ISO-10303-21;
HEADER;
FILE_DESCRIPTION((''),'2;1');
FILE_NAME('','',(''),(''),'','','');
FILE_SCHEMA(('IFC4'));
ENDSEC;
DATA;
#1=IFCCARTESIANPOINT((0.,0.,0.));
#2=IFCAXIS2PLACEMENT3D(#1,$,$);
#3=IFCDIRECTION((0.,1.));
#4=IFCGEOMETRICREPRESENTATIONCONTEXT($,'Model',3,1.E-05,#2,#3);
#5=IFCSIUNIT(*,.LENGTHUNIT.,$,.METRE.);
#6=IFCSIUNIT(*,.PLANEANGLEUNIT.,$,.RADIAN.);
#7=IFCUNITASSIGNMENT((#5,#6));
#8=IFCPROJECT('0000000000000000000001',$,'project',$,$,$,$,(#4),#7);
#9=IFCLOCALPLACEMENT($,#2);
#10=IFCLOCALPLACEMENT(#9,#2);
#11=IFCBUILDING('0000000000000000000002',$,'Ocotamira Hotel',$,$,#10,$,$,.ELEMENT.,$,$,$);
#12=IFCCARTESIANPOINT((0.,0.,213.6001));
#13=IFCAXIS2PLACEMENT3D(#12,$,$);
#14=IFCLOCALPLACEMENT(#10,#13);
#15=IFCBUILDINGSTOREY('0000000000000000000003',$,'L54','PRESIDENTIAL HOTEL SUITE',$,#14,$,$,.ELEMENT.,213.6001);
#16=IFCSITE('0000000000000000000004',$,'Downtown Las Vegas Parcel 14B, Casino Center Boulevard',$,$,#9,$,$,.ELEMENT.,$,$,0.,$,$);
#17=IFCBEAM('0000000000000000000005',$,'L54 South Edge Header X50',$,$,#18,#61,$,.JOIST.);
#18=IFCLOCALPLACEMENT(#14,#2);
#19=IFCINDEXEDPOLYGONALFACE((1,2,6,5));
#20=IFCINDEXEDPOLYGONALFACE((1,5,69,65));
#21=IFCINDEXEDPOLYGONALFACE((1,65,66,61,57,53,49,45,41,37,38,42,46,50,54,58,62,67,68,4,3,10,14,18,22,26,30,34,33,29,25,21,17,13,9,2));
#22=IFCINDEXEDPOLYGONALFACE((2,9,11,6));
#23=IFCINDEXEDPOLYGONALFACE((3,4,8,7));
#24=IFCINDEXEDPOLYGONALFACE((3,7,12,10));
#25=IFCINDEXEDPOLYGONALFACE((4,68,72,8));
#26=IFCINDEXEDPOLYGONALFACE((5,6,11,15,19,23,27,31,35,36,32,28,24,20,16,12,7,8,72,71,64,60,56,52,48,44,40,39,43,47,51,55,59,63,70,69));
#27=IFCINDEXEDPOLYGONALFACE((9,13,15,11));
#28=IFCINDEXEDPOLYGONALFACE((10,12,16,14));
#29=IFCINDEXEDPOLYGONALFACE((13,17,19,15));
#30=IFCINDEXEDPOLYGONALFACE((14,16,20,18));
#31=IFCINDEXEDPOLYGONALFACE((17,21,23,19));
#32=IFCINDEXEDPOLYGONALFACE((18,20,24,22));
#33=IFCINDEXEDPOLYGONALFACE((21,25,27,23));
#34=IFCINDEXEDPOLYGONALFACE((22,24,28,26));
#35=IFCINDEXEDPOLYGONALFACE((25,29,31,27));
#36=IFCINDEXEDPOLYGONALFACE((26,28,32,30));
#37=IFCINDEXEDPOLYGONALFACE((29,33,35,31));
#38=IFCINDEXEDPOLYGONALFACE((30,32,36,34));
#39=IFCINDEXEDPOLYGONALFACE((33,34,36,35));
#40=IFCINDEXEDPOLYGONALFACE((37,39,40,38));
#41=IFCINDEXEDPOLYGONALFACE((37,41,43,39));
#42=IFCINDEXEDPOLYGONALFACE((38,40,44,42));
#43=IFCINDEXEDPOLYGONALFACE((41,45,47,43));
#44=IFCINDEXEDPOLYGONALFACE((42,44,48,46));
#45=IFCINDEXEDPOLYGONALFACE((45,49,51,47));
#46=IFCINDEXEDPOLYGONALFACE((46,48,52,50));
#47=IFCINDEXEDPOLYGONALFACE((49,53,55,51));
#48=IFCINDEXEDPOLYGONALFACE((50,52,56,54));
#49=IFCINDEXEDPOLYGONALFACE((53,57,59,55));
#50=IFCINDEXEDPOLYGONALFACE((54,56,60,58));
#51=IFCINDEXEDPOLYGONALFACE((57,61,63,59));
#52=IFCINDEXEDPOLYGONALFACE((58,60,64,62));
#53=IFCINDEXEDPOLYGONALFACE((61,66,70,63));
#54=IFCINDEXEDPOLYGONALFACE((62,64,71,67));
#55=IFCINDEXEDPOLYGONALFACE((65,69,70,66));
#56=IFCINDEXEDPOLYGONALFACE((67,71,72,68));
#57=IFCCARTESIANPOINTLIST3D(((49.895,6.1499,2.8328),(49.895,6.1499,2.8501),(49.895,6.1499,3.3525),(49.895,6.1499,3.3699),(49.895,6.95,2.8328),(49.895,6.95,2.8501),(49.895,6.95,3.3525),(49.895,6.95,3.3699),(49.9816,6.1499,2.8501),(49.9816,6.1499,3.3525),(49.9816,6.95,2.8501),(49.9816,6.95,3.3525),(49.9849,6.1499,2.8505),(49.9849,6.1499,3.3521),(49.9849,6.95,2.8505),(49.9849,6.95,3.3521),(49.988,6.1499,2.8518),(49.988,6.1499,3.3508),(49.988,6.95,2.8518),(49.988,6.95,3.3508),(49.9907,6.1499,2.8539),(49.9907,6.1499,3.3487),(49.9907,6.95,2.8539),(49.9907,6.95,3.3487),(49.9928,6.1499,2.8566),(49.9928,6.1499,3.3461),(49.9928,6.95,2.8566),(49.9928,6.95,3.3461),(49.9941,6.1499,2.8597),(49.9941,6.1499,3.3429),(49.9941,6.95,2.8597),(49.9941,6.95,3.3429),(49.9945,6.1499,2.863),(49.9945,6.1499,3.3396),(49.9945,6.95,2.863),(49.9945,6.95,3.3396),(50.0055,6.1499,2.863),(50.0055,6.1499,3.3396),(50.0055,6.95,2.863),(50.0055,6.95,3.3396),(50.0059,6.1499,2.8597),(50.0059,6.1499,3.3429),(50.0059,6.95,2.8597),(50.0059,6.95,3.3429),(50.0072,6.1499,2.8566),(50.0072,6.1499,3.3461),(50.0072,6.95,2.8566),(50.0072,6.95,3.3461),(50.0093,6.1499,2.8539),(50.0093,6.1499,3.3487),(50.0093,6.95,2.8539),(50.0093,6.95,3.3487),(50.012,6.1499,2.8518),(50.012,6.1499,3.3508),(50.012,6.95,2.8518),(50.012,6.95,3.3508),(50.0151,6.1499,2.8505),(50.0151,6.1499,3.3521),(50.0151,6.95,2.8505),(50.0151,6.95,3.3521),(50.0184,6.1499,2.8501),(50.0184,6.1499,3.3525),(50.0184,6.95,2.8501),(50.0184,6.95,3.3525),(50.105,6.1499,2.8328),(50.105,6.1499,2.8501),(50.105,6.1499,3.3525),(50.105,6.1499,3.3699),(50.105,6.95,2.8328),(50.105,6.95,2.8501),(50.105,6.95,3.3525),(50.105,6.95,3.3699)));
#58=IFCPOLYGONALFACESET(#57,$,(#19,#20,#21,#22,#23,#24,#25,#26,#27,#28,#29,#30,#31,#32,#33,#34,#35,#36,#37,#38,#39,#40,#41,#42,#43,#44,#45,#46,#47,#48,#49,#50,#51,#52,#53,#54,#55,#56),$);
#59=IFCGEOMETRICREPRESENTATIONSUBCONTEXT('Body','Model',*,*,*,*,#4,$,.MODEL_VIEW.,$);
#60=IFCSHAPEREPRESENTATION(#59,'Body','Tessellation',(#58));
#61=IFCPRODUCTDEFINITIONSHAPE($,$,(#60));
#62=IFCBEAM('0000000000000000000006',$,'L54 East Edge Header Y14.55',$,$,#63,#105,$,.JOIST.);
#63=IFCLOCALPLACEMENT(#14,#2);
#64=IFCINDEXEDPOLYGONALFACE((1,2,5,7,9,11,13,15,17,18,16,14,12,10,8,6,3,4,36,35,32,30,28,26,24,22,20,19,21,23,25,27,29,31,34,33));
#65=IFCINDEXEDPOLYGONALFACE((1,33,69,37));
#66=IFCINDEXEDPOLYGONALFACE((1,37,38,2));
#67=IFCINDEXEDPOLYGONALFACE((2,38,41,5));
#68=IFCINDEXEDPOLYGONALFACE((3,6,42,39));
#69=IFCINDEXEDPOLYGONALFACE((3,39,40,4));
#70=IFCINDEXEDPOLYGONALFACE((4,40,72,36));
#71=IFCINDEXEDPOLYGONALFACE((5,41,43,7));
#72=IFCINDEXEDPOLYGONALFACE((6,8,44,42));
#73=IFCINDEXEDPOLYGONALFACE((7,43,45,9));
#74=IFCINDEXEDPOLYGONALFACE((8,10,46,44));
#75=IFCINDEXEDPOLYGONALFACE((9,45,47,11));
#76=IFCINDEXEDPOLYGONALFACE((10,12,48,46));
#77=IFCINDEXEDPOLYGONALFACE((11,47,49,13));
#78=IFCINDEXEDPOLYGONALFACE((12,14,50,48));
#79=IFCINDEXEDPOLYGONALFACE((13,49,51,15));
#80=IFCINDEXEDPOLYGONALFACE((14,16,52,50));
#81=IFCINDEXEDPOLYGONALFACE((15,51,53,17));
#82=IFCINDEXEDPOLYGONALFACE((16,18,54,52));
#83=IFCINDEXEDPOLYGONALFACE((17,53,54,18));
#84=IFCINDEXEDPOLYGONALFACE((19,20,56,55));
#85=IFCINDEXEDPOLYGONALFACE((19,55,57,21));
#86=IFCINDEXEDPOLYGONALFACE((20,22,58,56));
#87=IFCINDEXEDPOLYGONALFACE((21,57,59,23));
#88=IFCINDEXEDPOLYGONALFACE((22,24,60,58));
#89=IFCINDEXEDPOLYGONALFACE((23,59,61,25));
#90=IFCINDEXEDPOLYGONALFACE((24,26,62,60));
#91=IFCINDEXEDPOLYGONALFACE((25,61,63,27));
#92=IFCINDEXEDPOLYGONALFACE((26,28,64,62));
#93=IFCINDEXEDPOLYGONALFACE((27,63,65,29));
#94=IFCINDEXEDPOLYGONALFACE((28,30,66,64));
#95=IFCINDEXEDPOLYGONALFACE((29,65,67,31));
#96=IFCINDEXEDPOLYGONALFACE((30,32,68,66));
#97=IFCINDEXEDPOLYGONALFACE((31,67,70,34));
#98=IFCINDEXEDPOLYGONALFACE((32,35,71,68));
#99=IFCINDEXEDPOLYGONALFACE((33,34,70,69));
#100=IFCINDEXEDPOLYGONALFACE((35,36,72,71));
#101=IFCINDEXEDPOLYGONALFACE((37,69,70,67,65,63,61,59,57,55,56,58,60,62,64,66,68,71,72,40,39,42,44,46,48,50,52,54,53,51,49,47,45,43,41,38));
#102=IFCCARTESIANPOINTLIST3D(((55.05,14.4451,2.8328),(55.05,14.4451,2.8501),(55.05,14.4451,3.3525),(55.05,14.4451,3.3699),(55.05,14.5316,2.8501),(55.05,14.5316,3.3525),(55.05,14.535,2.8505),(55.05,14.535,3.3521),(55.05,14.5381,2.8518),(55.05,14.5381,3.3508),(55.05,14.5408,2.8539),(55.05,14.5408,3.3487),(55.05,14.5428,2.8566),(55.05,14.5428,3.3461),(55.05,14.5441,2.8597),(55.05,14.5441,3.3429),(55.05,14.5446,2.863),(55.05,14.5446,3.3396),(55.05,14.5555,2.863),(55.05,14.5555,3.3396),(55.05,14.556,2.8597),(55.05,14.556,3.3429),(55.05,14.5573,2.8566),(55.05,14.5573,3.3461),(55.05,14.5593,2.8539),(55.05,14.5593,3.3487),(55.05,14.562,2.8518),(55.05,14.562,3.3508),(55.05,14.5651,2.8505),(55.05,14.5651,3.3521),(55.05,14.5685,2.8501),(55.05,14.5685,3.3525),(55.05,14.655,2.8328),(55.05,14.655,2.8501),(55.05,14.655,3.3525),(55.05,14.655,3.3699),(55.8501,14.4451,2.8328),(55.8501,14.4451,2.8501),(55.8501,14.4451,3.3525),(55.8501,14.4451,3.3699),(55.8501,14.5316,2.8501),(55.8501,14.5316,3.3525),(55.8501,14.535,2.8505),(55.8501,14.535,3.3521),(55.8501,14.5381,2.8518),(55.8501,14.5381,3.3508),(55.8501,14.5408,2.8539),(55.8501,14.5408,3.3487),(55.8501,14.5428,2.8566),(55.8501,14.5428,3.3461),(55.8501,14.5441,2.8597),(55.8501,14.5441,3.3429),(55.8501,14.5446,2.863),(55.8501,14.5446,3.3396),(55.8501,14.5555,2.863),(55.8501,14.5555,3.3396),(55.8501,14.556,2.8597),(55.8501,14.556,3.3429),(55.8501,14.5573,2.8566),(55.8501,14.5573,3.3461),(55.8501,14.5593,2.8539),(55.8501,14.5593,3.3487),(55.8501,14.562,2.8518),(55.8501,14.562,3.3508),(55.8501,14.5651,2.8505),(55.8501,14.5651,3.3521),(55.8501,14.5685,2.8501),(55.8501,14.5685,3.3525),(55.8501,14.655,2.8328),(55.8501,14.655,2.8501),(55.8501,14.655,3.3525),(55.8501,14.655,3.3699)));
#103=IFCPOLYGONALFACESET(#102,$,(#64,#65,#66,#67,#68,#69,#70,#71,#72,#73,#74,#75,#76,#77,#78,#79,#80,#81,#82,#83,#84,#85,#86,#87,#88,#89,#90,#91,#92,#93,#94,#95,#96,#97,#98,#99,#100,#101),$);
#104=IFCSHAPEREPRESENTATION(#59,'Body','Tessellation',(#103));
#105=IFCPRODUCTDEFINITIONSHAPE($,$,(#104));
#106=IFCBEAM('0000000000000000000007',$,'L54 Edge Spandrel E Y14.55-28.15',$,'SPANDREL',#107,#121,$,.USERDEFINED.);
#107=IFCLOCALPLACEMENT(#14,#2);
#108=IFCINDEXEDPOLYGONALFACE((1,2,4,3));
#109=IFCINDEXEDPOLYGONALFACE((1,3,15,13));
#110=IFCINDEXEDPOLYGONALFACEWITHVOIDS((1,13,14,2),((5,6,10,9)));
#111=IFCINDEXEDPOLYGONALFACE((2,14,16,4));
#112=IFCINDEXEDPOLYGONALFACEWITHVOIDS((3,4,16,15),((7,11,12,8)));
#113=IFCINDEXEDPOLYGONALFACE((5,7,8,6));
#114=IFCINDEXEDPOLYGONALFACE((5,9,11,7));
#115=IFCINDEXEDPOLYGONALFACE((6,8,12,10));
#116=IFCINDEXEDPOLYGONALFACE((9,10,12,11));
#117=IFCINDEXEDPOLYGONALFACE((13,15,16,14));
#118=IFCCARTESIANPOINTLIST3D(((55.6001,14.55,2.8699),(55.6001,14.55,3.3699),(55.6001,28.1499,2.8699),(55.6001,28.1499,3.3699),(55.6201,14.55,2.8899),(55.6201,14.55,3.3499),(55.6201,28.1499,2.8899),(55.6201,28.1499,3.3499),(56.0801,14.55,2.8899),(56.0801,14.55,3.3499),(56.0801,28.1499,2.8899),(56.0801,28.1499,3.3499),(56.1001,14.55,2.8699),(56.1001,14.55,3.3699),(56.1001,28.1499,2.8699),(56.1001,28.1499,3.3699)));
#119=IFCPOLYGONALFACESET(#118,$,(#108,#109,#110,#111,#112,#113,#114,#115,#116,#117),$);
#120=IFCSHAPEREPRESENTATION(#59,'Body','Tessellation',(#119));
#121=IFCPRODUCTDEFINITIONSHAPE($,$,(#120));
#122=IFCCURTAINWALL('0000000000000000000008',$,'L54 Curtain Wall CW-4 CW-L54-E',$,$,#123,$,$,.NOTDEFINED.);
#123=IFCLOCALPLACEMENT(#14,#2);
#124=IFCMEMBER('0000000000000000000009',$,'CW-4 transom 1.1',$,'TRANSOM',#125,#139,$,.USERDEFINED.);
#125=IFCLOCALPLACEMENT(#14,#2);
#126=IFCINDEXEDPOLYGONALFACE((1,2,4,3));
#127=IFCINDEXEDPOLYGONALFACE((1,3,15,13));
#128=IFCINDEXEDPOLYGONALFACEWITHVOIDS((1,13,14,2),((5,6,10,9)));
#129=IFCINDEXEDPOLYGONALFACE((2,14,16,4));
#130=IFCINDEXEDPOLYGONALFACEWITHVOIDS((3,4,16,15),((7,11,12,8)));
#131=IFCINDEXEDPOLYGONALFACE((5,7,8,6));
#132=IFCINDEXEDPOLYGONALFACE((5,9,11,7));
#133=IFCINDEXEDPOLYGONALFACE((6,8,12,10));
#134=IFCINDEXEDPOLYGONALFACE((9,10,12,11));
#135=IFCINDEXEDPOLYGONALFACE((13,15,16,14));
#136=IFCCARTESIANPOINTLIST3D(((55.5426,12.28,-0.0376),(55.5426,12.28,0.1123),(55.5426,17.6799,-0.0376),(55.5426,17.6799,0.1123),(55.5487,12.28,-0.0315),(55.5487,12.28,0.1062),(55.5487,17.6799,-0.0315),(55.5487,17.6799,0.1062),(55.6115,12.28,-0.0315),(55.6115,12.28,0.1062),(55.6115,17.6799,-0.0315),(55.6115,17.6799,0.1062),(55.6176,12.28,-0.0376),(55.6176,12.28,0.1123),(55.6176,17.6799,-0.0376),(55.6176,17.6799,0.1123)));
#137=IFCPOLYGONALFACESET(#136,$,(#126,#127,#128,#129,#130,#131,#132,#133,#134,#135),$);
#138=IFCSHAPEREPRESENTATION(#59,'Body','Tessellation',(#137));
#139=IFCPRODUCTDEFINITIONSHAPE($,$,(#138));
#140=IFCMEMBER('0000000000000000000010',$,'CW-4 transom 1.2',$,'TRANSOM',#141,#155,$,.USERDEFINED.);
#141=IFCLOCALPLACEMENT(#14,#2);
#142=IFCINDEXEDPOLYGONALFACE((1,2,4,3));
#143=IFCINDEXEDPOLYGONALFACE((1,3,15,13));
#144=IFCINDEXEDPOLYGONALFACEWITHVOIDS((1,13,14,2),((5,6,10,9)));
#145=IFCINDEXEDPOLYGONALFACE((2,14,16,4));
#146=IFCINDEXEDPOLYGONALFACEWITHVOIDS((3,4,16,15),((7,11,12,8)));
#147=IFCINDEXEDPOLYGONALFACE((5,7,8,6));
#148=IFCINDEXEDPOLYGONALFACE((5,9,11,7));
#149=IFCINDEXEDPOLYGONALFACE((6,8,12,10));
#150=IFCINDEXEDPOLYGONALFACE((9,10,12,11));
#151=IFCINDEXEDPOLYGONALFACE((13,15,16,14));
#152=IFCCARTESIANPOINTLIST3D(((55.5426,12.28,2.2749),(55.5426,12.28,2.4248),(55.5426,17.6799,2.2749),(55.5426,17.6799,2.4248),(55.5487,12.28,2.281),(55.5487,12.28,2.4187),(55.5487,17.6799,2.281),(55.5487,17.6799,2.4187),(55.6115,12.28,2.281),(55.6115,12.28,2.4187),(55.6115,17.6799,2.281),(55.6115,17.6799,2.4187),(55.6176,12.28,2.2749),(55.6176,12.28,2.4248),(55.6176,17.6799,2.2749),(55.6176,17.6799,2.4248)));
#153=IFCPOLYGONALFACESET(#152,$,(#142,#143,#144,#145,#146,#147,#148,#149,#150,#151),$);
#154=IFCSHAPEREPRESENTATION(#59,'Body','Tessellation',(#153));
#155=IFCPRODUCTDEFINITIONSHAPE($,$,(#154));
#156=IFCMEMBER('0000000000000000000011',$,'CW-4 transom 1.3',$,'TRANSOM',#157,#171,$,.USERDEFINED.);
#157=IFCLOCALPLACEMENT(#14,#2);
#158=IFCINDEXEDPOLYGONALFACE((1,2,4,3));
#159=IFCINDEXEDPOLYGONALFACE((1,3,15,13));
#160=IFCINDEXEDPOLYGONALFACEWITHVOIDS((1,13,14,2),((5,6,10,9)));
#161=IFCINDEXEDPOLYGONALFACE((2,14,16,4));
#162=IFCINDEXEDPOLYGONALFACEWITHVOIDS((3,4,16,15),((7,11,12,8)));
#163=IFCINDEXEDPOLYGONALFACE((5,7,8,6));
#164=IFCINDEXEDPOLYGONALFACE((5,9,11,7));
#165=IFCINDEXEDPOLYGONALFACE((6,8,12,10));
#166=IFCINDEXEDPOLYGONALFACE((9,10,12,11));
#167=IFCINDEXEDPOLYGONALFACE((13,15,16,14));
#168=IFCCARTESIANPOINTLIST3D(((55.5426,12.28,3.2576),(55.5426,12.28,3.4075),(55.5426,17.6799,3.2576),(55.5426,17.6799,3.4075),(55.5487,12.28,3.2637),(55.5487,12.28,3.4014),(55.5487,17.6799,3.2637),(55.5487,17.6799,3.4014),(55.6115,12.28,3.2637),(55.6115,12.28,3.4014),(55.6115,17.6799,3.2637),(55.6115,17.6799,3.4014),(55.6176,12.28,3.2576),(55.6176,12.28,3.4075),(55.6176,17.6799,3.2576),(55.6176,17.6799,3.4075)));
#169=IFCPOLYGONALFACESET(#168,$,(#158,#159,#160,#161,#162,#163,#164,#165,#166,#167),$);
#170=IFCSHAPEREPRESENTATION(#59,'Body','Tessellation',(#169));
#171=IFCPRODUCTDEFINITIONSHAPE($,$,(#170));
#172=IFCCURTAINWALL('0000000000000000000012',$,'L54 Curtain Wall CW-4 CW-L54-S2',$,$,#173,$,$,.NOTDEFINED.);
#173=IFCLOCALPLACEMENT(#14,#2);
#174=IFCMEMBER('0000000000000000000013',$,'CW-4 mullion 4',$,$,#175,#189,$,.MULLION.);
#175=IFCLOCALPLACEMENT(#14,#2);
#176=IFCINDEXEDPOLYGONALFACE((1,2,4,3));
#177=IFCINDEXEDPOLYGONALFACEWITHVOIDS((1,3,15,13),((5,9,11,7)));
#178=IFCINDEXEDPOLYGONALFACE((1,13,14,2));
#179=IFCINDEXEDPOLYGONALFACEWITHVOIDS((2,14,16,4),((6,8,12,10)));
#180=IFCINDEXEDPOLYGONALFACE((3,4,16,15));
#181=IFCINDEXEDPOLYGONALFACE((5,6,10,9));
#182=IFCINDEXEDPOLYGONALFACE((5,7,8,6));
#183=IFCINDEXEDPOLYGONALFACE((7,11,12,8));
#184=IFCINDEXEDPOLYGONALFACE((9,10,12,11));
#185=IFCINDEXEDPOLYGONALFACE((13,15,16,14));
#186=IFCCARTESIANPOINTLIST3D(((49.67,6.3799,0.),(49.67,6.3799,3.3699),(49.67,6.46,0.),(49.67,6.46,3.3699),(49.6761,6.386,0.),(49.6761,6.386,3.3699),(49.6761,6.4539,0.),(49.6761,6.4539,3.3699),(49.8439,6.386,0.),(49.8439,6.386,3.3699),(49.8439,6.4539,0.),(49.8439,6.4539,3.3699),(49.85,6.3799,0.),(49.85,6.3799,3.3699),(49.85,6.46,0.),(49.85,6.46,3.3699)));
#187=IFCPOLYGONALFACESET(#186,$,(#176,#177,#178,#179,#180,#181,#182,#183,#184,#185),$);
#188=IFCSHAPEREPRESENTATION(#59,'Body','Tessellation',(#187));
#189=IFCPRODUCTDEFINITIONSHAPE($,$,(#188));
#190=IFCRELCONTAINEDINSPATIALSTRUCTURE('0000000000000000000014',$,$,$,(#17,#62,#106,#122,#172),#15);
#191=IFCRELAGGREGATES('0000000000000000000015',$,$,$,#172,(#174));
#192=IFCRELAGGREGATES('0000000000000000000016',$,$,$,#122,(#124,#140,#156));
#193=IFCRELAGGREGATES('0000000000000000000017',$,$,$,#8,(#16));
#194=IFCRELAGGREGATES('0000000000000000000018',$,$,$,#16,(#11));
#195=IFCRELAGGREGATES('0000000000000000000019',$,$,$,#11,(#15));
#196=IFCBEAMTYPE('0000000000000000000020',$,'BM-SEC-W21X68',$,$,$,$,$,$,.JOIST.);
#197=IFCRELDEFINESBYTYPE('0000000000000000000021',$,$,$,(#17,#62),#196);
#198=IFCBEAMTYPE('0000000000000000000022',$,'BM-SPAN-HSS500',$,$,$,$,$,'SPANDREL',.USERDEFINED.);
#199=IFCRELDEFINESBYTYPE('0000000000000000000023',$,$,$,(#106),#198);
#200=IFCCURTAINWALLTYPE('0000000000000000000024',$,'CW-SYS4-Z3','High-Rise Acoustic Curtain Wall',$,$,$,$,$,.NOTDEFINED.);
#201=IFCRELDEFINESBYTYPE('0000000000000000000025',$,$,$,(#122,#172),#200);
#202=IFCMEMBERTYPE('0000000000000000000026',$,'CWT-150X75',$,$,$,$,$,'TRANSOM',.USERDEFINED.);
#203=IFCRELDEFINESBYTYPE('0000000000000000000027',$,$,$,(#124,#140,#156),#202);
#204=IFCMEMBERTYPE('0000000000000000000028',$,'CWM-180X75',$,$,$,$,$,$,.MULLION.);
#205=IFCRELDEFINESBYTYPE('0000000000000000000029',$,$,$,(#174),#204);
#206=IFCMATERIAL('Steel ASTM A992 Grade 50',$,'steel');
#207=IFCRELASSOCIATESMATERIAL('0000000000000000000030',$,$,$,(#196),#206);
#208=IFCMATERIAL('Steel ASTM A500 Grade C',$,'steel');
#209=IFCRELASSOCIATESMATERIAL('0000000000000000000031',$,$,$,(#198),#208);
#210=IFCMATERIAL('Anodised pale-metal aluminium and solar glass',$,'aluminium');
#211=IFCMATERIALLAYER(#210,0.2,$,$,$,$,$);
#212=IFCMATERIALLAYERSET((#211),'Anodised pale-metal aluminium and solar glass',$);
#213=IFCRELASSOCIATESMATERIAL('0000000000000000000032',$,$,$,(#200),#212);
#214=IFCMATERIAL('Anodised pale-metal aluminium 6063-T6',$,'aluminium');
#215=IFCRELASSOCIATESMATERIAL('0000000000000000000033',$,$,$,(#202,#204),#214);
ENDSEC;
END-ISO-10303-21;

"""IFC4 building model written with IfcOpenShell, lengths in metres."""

from ifc_helpers import new_model, si_unit, direction, frame, origin, origin_2d, place, context, subcontext, project, spatial, hollow_rectangle, i_section, extrude, source, transform, mapped, material, layer, layer_set, material_profile, profile_set, type_object, element, aggregate, save


model = new_model("IFC4")

# Units and contexts
model_context = context("Model", 3, precision=1e-05, world=origin(), true_north=direction((0.0, 1.0)))
body_context = subcontext(model_context, "Body", "Model", "MODEL_VIEW")
ifc_project = project(units=[si_unit("LENGTHUNIT", "METRE"), si_unit("PLANEANGLEUNIT", "RADIAN")], contexts=[model_context])

# Site, building, storey
site_placement = place(None, origin())
site = spatial("IfcSite", under=ifc_project, at=site_placement, Name="Downtown Las Vegas Parcel 14B, Casino Center Boulevard", CompositionType="ELEMENT", RefElevation=0.0)
building_placement = place(site_placement, origin())
building = spatial("IfcBuilding", under=site, at=building_placement, Name="Ocotamira Hotel", CompositionType="ELEMENT")
storey_placement = place(building_placement, frame((0.0, 0.0, 213.6001)))
storey = spatial("IfcBuildingStorey", under=building, at=storey_placement, Name="L54", Description="PRESIDENTIAL HOTEL SUITE", CompositionType="ELEMENT", Elevation=213.6001)

# Beams
ifc_material_1 = material(Name="Steel ASTM A992 Grade 50", Category="steel")
ifc_material_profile_1 = material_profile(ifc_material_1, i_section(OverallWidth=0.21, OverallDepth=0.5371, WebThickness=0.011, FlangeThickness=0.0173, FilletRadius=0.0129, at=origin_2d()), Name="W21X68")
ifc_profile_set_1 = profile_set([ifc_material_profile_1], Name="Steel ASTM A992 Grade 50")
beam_type_1 = type_object("IfcBeamType", Name="BM-SEC-W21X68", PredefinedType="JOIST", material=ifc_profile_set_1)
shared_shape_1 = source(origin(), body_context, "Body", "SweptSolid", [
    extrude(i_section(OverallWidth=0.21, OverallDepth=0.5371, WebThickness=0.011, FlangeThickness=0.0173, FilletRadius=0.0129, at=origin_2d()), origin(), (0.0, 0.0, 1.0), 0.8),
])
for number, where, z_axis, x_axis, name in (
    (1, (50.0, 6.95, 3.1013), (0.0, -1.0, 0.0), (1.0, 0.0, 0.0), "L54 South Edge Header X50"),
    (2, (55.05, 14.55, 3.1013), (1.0, 0.0, 0.0), (0.0, 1.0, 0.0), "L54 East Edge Header Y14.55"),
):
    element("IfcBeam", number, at=place(storey_placement, frame(where, z_axis=z_axis, x_axis=x_axis)), inside=storey, type_object=beam_type_1, Name=name, PredefinedType="JOIST", context=body_context, shape_type="MappedRepresentation", body=[
        mapped(shared_shape_1, transform((0.0, 0.0, 0.0), scale=1.0)),
    ])
ifc_material_2 = material(Name="Steel ASTM A500 Grade C", Category="steel")
ifc_material_profile_2 = material_profile(ifc_material_2, hollow_rectangle(XDim=0.5, YDim=0.5, WallThickness=0.02, at=origin_2d()), Name="HSS500X500X20")
ifc_profile_set_2 = profile_set([ifc_material_profile_2], Name="Steel ASTM A500 Grade C")
beam_type_2 = type_object("IfcBeamType", Name="BM-SPAN-HSS500", ElementType="SPANDREL", PredefinedType="USERDEFINED", material=ifc_profile_set_2)
shared_shape_2 = source(origin(), body_context, "Body", "SweptSolid", [
    extrude(hollow_rectangle(XDim=0.5, YDim=0.5, WallThickness=0.02, at=origin_2d()), origin(), (0.0, 0.0, 1.0), 13.5999),
])
beam_1_placement = place(storey_placement, frame((55.8501, 14.55, 3.1199), z_axis=(0.0, 1.0, 0.0), x_axis=(-1.0, 0.0, 0.0)))
element("IfcBeam", 3, at=beam_1_placement, inside=storey, type_object=beam_type_2, Name="L54 Edge Spandrel E Y14.55-28.15", ObjectType="SPANDREL", PredefinedType="USERDEFINED", context=body_context, shape_type="MappedRepresentation", body=[
    mapped(shared_shape_2, transform((0.0, 0.0, 0.0), scale=1.0)),
])

# Curtain wall, members
ifc_material_3 = material(Name="Anodised pale-metal aluminium and solar glass", Category="aluminium")
ifc_layer_1 = layer(ifc_material_3, 0.2)
ifc_layer_set_1 = layer_set([ifc_layer_1], Name="Anodised pale-metal aluminium and solar glass")
curtain_wall_type = type_object("IfcCurtainWallType", Name="CW-SYS4-Z3", Description="High-Rise Acoustic Curtain Wall", PredefinedType="NOTDEFINED", material=ifc_layer_set_1)
curtain_wall_1_placement = place(storey_placement, origin())
curtain_wall_1 = element("IfcCurtainWall", 4, at=curtain_wall_1_placement, inside=storey, type_object=curtain_wall_type, Name="L54 Curtain Wall CW-4 CW-L54-E", PredefinedType="NOTDEFINED")
ifc_material_4 = material(Name="Anodised pale-metal aluminium 6063-T6", Category="aluminium")
ifc_material_profile_3 = material_profile(ifc_material_4, hollow_rectangle(XDim=0.075, YDim=0.1499, WallThickness=0.0061, at=origin_2d()), Name="HSS150X75X6")
ifc_profile_set_3 = profile_set([ifc_material_profile_3], Name="Anodised pale-metal aluminium 6063-T6")
member_type_1 = type_object("IfcMemberType", Name="CWT-150X75", ElementType="TRANSOM", PredefinedType="USERDEFINED", material=ifc_profile_set_3)
shared_shape_3 = source(origin(), body_context, "Body", "SweptSolid", [
    extrude(hollow_rectangle(XDim=0.075, YDim=0.1499, WallThickness=0.0061, at=origin_2d()), origin(), (0.0, 0.0, 1.0), 5.3999),
])
member_1_placement = place(storey_placement, frame((55.5801, 12.28, 0.0374), z_axis=(0.0, 1.0, 0.0), x_axis=(-1.0, 0.0, 0.0)))
member_1 = element("IfcMember", 5, at=member_1_placement, type_object=member_type_1, Name="CW-4 transom 1.1", ObjectType="TRANSOM", PredefinedType="USERDEFINED", context=body_context, shape_type="MappedRepresentation", body=[
    mapped(shared_shape_3, transform((0.0, 0.0, 0.0), scale=1.0)),
])
member_2_placement = place(storey_placement, frame((55.5801, 12.28, 2.3499), z_axis=(0.0, 1.0, 0.0), x_axis=(-1.0, 0.0, 0.0)))
member_2 = element("IfcMember", 6, at=member_2_placement, type_object=member_type_1, Name="CW-4 transom 1.2", ObjectType="TRANSOM", PredefinedType="USERDEFINED", context=body_context, shape_type="MappedRepresentation", body=[
    mapped(shared_shape_3, transform((0.0, 0.0, 0.0), scale=1.0)),
])
member_3_placement = place(storey_placement, frame((55.5801, 12.28, 3.3325), z_axis=(0.0, 1.0, 0.0), x_axis=(-1.0, 0.0, 0.0)))
member_3 = element("IfcMember", 7, at=member_3_placement, type_object=member_type_1, Name="CW-4 transom 1.3", ObjectType="TRANSOM", PredefinedType="USERDEFINED", context=body_context, shape_type="MappedRepresentation", body=[
    mapped(shared_shape_3, transform((0.0, 0.0, 0.0), scale=1.0)),
])

# Curtain wall, member
curtain_wall_2_placement = place(storey_placement, origin())
curtain_wall_2 = element("IfcCurtainWall", 8, at=curtain_wall_2_placement, inside=storey, type_object=curtain_wall_type, Name="L54 Curtain Wall CW-4 CW-L54-S2", PredefinedType="NOTDEFINED")
ifc_material_profile_4 = material_profile(ifc_material_4, hollow_rectangle(XDim=0.0801, YDim=0.1799, WallThickness=0.0061, at=origin_2d()), Name="HSS180X80X6")
ifc_profile_set_4 = profile_set([ifc_material_profile_4], Name="Anodised pale-metal aluminium 6063-T6")
member_type_2 = type_object("IfcMemberType", Name="CWM-180X75", PredefinedType="MULLION", material=ifc_profile_set_4)
shared_shape_4 = source(origin(), body_context, "Body", "SweptSolid", [
    extrude(hollow_rectangle(XDim=0.0801, YDim=0.1799, WallThickness=0.0061, at=origin_2d()), origin(), (0.0, 0.0, 1.0), 3.3699),
])
member_4_placement = place(storey_placement, frame((49.76, 6.4199, 0.0), z_axis=(0.0, 0.0, 1.0), x_axis=(0.0, 1.0, 0.0)))
member_4 = element("IfcMember", 9, at=member_4_placement, type_object=member_type_2, Name="CW-4 mullion 4", PredefinedType="MULLION", context=body_context, shape_type="MappedRepresentation", body=[
    mapped(shared_shape_4, transform((0.0, 0.0, 0.0), scale=1.0)),
])

aggregate(curtain_wall_2, [member_4])
aggregate(curtain_wall_1, [member_1, member_2, member_3])

save(model, "model.ifc")
